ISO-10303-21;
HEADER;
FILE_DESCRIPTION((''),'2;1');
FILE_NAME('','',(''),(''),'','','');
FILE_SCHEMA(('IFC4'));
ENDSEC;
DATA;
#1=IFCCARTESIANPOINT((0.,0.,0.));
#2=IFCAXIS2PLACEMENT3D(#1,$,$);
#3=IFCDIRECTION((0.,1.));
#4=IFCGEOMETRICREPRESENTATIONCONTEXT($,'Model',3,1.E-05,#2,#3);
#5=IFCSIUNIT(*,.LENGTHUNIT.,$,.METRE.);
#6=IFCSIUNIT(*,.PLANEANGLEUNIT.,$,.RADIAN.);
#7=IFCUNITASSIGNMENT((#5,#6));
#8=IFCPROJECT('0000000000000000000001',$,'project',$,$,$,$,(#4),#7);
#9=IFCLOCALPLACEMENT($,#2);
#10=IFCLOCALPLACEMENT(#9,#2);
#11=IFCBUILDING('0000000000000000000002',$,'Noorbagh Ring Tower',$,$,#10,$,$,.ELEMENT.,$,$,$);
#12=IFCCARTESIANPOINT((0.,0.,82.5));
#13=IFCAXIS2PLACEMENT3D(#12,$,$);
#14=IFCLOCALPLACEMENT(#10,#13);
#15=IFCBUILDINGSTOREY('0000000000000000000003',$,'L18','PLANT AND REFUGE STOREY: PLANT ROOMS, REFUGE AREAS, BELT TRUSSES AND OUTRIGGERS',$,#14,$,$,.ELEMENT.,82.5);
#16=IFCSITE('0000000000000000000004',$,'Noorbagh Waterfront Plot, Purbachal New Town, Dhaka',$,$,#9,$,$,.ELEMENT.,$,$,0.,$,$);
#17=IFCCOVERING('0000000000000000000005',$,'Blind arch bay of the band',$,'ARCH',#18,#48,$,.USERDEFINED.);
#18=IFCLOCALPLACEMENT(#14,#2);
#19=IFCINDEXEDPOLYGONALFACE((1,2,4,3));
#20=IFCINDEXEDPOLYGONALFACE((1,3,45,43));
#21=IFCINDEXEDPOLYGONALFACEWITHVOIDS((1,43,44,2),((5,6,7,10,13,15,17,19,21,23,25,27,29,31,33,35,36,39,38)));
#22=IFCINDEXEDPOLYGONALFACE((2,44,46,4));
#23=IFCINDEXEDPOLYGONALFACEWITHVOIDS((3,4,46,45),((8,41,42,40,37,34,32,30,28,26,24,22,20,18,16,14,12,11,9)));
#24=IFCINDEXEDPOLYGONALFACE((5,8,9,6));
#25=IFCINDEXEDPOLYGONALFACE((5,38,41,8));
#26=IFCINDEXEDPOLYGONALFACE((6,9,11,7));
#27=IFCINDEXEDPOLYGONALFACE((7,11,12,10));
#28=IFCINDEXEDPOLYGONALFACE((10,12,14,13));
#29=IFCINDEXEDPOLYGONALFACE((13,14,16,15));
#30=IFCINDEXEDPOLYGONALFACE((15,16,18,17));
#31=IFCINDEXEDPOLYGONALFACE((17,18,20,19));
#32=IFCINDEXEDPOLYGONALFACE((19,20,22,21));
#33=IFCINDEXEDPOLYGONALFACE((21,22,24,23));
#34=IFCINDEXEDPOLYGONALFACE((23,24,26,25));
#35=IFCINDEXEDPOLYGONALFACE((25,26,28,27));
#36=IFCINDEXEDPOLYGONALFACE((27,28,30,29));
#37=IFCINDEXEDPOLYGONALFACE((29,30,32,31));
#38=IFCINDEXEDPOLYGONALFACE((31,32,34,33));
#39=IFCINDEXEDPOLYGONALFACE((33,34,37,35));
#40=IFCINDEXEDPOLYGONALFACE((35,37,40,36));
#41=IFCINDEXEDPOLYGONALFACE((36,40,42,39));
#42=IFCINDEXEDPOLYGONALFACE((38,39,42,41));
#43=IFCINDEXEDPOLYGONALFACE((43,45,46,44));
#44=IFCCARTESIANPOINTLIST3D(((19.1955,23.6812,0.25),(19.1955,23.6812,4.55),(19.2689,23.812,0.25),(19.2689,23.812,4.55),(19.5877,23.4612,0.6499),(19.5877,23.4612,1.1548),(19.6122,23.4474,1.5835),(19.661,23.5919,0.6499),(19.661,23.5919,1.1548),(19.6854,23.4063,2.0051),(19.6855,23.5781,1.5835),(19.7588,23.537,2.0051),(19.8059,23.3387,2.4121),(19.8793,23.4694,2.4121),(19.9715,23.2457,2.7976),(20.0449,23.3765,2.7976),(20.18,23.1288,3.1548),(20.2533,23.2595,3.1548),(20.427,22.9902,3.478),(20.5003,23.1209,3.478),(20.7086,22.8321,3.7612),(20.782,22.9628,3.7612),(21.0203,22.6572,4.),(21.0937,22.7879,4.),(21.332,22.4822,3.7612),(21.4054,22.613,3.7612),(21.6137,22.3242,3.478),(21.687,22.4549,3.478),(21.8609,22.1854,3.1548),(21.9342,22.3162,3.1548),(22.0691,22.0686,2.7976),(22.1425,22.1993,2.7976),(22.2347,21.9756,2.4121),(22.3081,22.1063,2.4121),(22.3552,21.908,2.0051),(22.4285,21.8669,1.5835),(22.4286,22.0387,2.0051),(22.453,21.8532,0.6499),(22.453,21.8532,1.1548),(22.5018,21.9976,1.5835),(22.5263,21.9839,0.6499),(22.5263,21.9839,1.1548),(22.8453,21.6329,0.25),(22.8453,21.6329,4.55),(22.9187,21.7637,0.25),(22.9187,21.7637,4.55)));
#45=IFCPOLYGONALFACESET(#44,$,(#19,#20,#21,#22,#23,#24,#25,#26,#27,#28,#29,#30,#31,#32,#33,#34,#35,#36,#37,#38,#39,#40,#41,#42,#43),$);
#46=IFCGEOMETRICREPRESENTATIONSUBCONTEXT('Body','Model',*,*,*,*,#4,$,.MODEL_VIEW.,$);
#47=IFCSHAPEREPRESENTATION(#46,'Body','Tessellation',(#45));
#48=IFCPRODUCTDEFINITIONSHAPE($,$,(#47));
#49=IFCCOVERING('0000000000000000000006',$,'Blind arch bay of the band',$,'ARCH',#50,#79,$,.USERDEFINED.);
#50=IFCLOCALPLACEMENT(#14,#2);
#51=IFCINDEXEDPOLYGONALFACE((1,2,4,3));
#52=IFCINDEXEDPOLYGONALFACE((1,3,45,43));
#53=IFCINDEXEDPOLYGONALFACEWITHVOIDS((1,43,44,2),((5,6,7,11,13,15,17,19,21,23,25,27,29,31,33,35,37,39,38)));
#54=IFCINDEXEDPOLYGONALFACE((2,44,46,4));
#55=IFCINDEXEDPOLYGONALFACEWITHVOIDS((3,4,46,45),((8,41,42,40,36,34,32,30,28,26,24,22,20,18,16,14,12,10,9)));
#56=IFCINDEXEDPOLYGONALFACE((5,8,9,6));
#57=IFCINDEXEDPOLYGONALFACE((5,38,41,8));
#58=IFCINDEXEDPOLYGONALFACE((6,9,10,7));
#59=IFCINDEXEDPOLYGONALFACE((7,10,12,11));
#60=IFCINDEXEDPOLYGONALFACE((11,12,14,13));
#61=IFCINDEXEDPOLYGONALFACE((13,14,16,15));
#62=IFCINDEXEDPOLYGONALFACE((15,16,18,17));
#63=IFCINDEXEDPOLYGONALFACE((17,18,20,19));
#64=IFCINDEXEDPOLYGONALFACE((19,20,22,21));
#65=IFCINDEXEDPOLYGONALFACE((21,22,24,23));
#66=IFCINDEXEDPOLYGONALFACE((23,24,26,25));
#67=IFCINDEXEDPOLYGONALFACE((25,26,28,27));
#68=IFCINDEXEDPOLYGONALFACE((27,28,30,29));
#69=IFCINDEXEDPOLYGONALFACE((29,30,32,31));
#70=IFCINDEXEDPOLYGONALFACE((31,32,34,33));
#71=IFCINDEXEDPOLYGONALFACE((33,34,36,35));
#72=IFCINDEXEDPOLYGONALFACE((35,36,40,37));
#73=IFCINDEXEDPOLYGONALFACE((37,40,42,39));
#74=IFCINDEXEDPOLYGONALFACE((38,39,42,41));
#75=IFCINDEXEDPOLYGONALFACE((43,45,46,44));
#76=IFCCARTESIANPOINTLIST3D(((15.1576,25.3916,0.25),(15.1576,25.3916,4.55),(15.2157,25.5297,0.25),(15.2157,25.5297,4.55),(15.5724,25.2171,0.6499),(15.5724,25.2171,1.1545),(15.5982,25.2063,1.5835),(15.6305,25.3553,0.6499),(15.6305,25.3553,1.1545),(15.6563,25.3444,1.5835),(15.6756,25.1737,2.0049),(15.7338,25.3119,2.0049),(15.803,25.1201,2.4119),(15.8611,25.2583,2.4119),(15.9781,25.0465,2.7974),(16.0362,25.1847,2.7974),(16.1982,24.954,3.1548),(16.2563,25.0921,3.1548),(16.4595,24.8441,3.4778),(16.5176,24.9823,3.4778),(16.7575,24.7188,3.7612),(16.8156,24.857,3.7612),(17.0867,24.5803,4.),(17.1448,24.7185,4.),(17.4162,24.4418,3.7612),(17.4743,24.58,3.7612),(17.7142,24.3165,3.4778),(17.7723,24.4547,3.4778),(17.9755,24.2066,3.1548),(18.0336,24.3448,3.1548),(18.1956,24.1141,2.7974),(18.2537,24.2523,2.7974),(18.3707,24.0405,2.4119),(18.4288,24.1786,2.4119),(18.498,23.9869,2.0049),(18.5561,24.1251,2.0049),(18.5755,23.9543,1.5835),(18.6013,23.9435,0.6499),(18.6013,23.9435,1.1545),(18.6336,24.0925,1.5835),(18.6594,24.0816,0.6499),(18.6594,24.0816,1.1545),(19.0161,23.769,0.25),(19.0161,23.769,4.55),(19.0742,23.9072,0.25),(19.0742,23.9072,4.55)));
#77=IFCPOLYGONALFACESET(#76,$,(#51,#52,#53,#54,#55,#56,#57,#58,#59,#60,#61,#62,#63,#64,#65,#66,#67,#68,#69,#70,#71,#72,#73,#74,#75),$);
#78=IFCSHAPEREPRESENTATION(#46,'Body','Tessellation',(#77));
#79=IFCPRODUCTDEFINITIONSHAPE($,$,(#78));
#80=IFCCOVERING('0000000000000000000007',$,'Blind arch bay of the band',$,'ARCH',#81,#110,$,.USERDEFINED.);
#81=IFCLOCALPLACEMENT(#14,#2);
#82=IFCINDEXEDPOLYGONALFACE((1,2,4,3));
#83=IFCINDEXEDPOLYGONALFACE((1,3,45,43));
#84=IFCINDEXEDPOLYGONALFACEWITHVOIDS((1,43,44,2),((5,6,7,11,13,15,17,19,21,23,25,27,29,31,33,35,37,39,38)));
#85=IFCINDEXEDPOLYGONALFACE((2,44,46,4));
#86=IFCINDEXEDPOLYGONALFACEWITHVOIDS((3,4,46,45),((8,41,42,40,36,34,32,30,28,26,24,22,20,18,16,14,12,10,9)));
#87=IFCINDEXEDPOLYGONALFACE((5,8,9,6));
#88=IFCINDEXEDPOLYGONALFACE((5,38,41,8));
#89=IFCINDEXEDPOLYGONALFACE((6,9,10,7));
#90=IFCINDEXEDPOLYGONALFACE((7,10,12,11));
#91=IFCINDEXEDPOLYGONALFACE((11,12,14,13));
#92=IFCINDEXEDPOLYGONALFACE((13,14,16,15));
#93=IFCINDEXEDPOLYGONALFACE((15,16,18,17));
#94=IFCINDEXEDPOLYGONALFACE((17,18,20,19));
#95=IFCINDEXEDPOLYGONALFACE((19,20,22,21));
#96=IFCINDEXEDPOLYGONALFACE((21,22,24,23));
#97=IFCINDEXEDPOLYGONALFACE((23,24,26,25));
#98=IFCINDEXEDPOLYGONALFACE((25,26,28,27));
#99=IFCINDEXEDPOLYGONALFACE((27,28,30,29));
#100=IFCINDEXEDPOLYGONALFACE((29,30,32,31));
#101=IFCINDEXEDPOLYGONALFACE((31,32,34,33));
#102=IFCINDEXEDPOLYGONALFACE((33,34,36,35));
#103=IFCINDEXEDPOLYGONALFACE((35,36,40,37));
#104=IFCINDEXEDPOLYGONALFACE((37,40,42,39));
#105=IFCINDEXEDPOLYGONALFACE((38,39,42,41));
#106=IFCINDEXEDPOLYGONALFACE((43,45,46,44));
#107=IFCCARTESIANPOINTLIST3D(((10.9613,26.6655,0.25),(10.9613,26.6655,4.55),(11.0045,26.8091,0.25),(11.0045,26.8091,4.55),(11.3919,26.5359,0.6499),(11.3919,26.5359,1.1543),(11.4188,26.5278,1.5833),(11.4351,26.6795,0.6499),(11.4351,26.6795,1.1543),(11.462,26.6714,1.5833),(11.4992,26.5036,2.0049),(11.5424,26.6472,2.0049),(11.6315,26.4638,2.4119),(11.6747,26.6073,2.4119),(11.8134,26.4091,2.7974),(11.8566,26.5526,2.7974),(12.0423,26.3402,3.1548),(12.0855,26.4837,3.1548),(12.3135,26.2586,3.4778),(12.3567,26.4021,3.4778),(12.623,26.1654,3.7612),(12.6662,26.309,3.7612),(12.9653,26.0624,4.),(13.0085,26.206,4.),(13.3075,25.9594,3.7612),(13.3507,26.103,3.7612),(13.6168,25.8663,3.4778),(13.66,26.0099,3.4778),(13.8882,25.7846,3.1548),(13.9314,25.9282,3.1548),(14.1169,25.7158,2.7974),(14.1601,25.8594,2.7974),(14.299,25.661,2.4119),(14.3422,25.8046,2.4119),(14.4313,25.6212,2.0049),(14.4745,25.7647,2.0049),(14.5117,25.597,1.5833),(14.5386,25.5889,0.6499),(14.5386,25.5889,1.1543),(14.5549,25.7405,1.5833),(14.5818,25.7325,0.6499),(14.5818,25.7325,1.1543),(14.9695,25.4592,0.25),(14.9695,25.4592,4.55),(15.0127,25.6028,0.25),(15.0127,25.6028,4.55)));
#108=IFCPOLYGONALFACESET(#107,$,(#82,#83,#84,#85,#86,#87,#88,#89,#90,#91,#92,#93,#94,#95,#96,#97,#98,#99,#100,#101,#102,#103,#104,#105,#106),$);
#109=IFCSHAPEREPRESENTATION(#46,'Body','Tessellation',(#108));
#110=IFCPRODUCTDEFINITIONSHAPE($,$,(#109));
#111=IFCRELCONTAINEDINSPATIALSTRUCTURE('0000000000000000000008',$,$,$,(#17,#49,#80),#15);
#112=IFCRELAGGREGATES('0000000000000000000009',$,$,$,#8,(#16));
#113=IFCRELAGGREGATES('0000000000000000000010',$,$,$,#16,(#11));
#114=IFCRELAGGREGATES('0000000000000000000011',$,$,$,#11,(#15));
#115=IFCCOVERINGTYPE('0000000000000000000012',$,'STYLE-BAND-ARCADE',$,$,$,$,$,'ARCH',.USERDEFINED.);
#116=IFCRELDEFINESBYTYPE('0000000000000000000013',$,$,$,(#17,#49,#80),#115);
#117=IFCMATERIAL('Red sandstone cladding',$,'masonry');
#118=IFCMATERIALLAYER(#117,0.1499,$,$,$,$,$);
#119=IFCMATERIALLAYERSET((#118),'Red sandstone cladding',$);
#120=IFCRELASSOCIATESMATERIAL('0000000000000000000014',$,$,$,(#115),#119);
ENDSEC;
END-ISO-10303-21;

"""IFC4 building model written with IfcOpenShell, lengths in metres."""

from ifc_helpers import new_model, si_unit, direction, frame, origin, place, context, subcontext, project, spatial, polyline, outline, extrude, material, layer, layer_set, type_object, element, save


model = new_model("IFC4")

# Units and contexts
model_context = context("Model", 3, precision=1e-05, world=origin(), true_north=direction((0.0, 1.0)))
body_context = subcontext(model_context, "Body", "Model", "MODEL_VIEW")
ifc_project = project(units=[si_unit("LENGTHUNIT", "METRE"), si_unit("PLANEANGLEUNIT", "RADIAN")], contexts=[model_context])

# Site, building, storey
site_placement = place(None, origin())
site = spatial("IfcSite", under=ifc_project, at=site_placement, Name="Noorbagh Waterfront Plot, Purbachal New Town, Dhaka", CompositionType="ELEMENT", RefElevation=0.0)
building_placement = place(site_placement, origin())
building = spatial("IfcBuilding", under=site, at=building_placement, Name="Noorbagh Ring Tower", CompositionType="ELEMENT")
storey_placement = place(building_placement, frame((0.0, 0.0, 82.5)))
storey = spatial("IfcBuildingStorey", under=building, at=storey_placement, Name="L18", Description="PLANT AND REFUGE STOREY: PLANT ROOMS, REFUGE AREAS, BELT TRUSSES AND OUTRIGGERS", CompositionType="ELEMENT", Elevation=82.5)

# Coverings
ifc_material_1 = material(Name="Red sandstone cladding", Category="masonry")
ifc_layer_1 = layer(ifc_material_1, 0.1499)
ifc_layer_set_1 = layer_set([ifc_layer_1], Name="Red sandstone cladding")
covering_type_1 = type_object("IfcCoveringType", Name="STYLE-BAND-ARCADE", ElementType="ARCH", PredefinedType="USERDEFINED", material=ifc_layer_set_1)
covering_1_placement = place(storey_placement, frame((22.9187, 21.7637, 0.25), z_axis=(0.489402, 0.872058, 0.0), x_axis=(-0.872058, 0.489402, 0.0)))
element("IfcCovering", 1, at=covering_1_placement, inside=storey, type_object=covering_type_1, Name="Blind arch bay of the band", ObjectType="ARCH", PredefinedType="USERDEFINED", context=body_context, shape_type="SweptSolid", body=[
    extrude(outline(polyline([(0.0, 0.0), (4.1853, 0.0), (4.1853, 4.3), (0.0, 4.3), (0.0, 0.0)]), holes=[polyline([(0.45, 0.3999), (0.45, 0.9048), (0.478, 1.3335), (0.562, 1.7551), (0.7002, 2.1621), (0.8901, 2.5476), (1.1289, 2.9048), (1.4124, 3.228), (1.7354, 3.5112), (2.0928, 3.75), (2.4502, 3.5112), (2.7732, 3.228), (3.0564, 2.9048), (3.2954, 2.5476), (3.4854, 2.1621), (3.6235, 1.7551), (3.7075, 1.3335), (3.7356, 0.9048), (3.7356, 0.3999), (0.45, 0.3999)])]), origin(), (0.0, 0.0, -1.0), 0.1499),
])
covering_2_placement = place(storey_placement, frame((19.0742, 23.9072, 0.25), z_axis=(0.387624, 0.921818, 0.0), x_axis=(-0.921818, 0.387624, 0.0)))
element("IfcCovering", 2, at=covering_2_placement, inside=storey, type_object=covering_type_1, Name="Blind arch bay of the band", ObjectType="ARCH", PredefinedType="USERDEFINED", context=body_context, shape_type="SweptSolid", body=[
    extrude(outline(polyline([(0.0, 0.0), (4.1858, 0.0), (4.1858, 4.3), (0.0, 4.3), (0.0, 0.0)]), holes=[polyline([(0.45, 0.3999), (0.45, 0.9045), (0.478, 1.3335), (0.562, 1.7549), (0.7002, 2.1619), (0.8901, 2.5474), (1.1289, 2.9048), (1.4124, 3.2278), (1.7356, 3.5112), (2.093, 3.75), (2.4502, 3.5112), (2.7734, 3.2278), (3.0569, 2.9048), (3.2957, 2.5474), (3.4856, 2.1619), (3.6238, 1.7549), (3.7078, 1.3335), (3.7358, 0.9045), (3.7358, 0.3999), (0.45, 0.3999)])]), origin(), (0.0, 0.0, -1.0), 0.1499),
])
covering_3_placement = place(storey_placement, frame((15.0127, 25.6028, 0.25), z_axis=(0.288183, 0.957575, 0.0), x_axis=(-0.957575, 0.288183, 0.0)))
element("IfcCovering", 3, at=covering_3_placement, inside=storey, type_object=covering_type_1, Name="Blind arch bay of the band", ObjectType="ARCH", PredefinedType="USERDEFINED", context=body_context, shape_type="SweptSolid", body=[
    extrude(outline(polyline([(0.0, 0.0), (4.1858, 0.0), (4.1858, 4.3), (0.0, 4.3), (0.0, 0.0)]), holes=[polyline([(0.45, 0.3999), (0.45, 0.9043), (0.478, 1.3333), (0.562, 1.7549), (0.7002, 2.1619), (0.8904, 2.5474), (1.1292, 2.9048), (1.4126, 3.2278), (1.7356, 3.5112), (2.093, 3.75), (2.4504, 3.5112), (2.7737, 3.2278), (3.0569, 2.9048), (3.2959, 2.5474), (3.4858, 2.1619), (3.624, 1.7549), (3.708, 1.3333), (3.7361, 0.9043), (3.7361, 0.3999), (0.45, 0.3999)])]), origin(), (0.0, 0.0, -1.0), 0.1499),
])

save(model, "model.ifc")
